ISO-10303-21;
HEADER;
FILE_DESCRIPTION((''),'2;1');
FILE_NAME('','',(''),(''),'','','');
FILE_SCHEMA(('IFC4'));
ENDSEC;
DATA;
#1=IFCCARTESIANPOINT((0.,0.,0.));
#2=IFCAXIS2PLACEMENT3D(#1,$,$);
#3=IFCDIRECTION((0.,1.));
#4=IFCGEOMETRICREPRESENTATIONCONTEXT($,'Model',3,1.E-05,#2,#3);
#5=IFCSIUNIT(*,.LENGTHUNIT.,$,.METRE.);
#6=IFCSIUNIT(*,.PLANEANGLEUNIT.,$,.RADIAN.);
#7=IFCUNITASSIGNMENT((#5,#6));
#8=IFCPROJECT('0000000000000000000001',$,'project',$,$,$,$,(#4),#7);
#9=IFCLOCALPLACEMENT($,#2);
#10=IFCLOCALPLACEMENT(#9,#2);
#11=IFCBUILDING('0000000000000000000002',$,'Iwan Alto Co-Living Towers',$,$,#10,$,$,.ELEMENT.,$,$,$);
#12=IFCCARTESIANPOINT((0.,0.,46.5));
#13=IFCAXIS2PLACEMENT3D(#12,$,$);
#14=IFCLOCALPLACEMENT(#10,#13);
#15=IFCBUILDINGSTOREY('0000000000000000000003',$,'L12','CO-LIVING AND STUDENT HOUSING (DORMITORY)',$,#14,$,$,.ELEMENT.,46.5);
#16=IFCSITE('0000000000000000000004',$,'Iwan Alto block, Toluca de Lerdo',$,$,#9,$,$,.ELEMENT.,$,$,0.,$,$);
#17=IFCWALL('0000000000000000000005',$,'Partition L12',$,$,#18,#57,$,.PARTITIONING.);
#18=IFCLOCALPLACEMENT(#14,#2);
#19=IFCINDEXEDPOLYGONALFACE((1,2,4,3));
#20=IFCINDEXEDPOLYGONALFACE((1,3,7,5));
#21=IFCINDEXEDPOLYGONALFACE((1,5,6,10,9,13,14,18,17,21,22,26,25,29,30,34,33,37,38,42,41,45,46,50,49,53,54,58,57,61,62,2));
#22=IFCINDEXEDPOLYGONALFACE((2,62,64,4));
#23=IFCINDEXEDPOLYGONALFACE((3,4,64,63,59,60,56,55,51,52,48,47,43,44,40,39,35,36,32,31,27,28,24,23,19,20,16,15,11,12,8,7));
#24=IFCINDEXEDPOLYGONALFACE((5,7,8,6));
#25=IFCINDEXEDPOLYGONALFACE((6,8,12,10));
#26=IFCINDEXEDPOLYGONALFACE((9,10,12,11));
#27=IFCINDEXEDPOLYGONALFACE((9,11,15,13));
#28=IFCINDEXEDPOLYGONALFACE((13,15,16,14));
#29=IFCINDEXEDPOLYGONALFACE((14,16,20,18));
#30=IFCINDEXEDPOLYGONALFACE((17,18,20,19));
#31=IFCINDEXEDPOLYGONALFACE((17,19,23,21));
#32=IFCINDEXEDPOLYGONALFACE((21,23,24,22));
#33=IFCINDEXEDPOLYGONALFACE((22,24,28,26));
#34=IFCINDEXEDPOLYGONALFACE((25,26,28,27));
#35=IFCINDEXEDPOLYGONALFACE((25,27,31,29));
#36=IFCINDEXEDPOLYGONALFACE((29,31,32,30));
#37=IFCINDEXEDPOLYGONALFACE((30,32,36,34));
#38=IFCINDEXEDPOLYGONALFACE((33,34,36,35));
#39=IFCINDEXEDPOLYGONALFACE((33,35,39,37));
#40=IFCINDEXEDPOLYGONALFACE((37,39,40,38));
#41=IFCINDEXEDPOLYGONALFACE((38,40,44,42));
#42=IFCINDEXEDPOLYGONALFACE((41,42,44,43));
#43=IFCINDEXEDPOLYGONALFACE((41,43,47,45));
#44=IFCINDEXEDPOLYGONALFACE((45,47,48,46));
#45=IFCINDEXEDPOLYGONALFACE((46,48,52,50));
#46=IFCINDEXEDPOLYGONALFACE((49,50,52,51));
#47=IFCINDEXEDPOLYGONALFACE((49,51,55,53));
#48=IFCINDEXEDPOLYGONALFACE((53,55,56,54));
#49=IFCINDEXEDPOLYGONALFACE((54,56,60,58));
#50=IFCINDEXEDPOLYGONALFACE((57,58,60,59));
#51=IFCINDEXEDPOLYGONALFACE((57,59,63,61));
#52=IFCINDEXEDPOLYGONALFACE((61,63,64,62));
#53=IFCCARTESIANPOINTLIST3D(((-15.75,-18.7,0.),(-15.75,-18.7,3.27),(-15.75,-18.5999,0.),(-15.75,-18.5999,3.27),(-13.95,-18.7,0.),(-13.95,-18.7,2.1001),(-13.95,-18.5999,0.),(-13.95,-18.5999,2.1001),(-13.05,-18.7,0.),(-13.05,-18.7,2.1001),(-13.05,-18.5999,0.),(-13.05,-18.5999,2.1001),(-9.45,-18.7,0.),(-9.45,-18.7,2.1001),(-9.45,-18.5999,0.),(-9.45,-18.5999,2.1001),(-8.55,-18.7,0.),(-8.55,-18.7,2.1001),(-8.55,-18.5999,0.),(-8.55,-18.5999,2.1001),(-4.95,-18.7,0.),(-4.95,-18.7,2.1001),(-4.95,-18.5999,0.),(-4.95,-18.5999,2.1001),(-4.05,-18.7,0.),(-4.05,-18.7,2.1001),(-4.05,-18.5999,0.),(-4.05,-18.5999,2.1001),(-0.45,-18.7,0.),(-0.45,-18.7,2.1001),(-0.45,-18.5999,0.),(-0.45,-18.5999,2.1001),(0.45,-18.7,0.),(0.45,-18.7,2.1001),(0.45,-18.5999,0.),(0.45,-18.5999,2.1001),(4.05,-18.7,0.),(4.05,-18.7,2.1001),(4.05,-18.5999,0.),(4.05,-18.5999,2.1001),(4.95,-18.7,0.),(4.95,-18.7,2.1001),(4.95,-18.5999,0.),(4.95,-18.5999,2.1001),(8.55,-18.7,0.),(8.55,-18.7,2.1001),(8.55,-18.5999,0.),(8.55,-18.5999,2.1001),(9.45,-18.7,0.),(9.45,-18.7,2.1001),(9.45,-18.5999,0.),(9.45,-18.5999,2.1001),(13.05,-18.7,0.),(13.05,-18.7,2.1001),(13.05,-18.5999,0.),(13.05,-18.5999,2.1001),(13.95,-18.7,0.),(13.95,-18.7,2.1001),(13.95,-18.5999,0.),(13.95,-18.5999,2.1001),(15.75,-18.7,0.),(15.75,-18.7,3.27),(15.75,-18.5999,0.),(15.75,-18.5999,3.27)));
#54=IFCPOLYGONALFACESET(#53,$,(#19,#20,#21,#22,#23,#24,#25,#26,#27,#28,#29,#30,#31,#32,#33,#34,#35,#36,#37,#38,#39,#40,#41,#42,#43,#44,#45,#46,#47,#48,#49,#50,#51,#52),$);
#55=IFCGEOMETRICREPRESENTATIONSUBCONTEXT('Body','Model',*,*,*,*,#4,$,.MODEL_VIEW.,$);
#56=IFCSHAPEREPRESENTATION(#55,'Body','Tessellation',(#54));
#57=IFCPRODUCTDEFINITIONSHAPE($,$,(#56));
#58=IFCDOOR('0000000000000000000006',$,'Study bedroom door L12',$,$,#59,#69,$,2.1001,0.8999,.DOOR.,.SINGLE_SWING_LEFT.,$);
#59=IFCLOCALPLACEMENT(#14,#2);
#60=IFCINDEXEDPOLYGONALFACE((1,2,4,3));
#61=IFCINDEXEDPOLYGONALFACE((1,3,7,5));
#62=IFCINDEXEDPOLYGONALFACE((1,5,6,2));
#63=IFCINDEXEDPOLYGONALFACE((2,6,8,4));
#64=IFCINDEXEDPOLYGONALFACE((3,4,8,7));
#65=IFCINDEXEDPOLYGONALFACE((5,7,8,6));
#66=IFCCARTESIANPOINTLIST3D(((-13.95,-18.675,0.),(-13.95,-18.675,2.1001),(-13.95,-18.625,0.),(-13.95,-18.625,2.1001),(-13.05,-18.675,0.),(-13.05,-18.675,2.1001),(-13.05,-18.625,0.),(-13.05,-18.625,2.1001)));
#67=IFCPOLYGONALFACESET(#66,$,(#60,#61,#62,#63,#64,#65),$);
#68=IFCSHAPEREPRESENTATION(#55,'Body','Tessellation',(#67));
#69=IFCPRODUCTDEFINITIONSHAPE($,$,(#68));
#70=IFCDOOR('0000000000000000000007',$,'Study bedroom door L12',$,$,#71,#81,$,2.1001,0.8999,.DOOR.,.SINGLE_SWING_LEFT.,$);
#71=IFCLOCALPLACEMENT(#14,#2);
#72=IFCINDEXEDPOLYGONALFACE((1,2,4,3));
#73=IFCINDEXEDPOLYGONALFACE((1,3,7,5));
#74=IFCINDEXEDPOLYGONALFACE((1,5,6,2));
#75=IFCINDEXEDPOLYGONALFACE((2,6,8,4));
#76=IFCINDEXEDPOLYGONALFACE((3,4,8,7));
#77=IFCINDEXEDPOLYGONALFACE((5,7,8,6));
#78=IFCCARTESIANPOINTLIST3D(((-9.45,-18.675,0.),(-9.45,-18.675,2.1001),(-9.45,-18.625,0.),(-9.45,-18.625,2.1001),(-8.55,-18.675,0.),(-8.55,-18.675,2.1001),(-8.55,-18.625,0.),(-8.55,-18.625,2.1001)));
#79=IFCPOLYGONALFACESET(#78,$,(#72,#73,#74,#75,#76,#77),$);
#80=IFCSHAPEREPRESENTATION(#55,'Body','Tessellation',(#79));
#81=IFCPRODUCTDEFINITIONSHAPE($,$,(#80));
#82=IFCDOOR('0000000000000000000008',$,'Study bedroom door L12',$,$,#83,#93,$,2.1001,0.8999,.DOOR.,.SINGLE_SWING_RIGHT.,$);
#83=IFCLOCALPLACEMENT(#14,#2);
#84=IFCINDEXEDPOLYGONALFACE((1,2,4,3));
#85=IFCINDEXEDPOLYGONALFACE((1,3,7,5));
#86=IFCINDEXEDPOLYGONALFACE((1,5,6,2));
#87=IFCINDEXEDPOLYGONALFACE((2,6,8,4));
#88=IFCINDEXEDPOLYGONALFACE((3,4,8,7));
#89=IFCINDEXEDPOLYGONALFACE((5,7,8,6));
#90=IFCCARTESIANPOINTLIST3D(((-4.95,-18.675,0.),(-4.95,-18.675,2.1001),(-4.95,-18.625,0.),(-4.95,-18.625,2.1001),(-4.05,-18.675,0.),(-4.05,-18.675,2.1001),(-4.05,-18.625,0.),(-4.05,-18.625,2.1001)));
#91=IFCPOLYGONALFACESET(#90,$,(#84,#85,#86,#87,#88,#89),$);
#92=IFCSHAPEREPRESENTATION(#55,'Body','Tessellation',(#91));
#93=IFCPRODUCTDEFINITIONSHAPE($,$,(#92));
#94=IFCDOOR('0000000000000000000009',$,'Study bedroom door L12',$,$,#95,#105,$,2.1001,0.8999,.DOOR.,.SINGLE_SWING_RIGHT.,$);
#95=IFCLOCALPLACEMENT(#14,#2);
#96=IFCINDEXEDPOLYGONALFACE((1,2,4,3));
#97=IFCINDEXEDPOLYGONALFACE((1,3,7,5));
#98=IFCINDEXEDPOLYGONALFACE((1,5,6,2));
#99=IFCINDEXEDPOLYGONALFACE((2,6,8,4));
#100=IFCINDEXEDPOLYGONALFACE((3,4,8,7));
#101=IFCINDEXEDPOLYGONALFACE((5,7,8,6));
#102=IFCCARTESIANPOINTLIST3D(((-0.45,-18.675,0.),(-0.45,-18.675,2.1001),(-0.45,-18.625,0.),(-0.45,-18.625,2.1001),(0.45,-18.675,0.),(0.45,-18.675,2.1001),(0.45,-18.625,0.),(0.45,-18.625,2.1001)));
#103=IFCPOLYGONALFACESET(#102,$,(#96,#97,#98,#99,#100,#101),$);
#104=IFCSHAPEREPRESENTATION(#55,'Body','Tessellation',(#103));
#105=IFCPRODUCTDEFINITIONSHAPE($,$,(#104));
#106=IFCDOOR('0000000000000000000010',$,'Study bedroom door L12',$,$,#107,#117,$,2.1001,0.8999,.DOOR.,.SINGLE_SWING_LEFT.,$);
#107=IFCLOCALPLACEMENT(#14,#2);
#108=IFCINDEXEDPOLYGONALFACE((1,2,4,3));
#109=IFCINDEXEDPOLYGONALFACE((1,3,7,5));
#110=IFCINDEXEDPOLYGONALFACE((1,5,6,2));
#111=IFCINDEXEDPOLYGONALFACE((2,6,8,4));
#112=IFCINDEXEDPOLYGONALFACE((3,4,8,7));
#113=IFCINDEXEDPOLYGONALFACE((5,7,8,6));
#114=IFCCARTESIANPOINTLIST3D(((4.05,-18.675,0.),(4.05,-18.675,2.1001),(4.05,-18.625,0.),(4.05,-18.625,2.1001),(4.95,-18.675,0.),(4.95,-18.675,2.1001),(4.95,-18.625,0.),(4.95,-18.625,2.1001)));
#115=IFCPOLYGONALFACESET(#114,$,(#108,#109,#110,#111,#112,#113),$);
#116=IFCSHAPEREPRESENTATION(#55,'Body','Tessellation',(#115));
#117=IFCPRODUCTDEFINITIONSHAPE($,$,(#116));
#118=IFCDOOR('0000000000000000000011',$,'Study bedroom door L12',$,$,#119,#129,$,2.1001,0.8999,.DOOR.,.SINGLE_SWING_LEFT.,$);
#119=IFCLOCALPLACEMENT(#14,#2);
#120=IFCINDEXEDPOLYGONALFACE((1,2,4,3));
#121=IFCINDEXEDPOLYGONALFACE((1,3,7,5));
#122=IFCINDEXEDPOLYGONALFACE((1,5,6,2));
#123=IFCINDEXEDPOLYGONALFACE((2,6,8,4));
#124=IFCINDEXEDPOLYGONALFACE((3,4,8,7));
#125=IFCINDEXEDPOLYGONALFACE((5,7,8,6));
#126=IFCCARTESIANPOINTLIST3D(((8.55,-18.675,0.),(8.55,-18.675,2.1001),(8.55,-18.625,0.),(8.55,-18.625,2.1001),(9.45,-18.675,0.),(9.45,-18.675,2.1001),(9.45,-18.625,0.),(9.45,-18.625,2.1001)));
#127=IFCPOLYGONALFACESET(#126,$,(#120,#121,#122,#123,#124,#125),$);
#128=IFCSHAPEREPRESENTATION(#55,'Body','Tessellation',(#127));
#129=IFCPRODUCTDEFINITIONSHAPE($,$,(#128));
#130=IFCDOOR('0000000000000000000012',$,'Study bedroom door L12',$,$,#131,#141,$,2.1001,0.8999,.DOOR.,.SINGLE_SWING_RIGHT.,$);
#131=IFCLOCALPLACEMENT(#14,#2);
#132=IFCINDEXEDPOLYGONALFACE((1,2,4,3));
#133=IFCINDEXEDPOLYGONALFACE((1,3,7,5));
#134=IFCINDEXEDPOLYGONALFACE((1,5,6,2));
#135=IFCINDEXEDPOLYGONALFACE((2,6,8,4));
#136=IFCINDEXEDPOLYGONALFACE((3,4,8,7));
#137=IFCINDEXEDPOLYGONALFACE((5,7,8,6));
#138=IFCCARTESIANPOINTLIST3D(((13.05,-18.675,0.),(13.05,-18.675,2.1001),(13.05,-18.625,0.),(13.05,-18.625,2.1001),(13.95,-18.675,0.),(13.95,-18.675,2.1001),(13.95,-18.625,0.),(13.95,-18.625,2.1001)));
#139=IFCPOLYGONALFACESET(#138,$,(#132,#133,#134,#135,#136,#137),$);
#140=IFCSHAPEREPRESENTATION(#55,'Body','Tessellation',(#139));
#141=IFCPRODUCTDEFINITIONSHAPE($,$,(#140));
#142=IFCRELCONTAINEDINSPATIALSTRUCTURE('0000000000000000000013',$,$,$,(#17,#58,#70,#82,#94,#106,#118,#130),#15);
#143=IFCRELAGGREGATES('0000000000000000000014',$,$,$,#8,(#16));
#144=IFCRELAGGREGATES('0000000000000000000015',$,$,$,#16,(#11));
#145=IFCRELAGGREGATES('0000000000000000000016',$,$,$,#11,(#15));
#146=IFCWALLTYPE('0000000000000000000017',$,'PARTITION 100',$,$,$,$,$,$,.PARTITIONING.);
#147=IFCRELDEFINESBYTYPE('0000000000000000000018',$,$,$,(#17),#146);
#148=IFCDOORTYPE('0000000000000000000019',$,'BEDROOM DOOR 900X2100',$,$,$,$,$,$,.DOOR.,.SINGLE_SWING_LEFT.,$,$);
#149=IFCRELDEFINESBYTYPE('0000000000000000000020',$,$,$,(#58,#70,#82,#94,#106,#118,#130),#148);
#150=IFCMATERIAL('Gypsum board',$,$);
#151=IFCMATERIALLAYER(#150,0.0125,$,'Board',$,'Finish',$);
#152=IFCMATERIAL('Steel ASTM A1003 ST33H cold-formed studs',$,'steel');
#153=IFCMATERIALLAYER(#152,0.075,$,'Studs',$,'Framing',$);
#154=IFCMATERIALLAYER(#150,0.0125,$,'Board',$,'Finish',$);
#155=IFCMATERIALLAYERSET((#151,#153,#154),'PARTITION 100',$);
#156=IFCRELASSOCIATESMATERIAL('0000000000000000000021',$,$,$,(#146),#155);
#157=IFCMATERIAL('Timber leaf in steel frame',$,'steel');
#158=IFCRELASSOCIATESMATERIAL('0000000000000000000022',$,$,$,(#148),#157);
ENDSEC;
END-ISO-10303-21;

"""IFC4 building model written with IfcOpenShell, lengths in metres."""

from ifc_helpers import new_model, si_unit, direction, frame, frame_2d, origin, place, context, subcontext, project, spatial, rectangle, extrude, material, layer, layer_set, type_object, element, fill, save


model = new_model("IFC4")

# Units and contexts
model_context = context("Model", 3, precision=1e-05, world=origin(), true_north=direction((0.0, 1.0)))
body_context = subcontext(model_context, "Body", "Model", "MODEL_VIEW")
ifc_project = project(units=[si_unit("LENGTHUNIT", "METRE"), si_unit("PLANEANGLEUNIT", "RADIAN")], contexts=[model_context])

# Site, building, storey
site_placement = place(None, origin())
site = spatial("IfcSite", under=ifc_project, at=site_placement, Name="Iwan Alto block, Toluca de Lerdo", CompositionType="ELEMENT", RefElevation=0.0)
building_placement = place(site_placement, origin())
building = spatial("IfcBuilding", under=site, at=building_placement, Name="Iwan Alto Co-Living Towers", CompositionType="ELEMENT")
storey_placement = place(building_placement, frame((0.0, 0.0, 46.5)))
storey = spatial("IfcBuildingStorey", under=building, at=storey_placement, Name="L12", Description="CO-LIVING AND STUDENT HOUSING (DORMITORY)", CompositionType="ELEMENT", Elevation=46.5)

# Wall, openings, doors
ifc_material_1 = material(Name="Gypsum board")
ifc_layer_1 = layer(ifc_material_1, 0.0125, Name="Board", Category="Finish")
ifc_material_2 = material(Name="Steel ASTM A1003 ST33H cold-formed studs", Category="steel")
ifc_layer_2 = layer(ifc_material_2, 0.075, Name="Studs", Category="Framing")
ifc_layer_3 = layer(ifc_material_1, 0.0125, Name="Board", Category="Finish")
ifc_layer_set_1 = layer_set([ifc_layer_1, ifc_layer_2, ifc_layer_3], Name="PARTITION 100")
wall_type_1 = type_object("IfcWallType", Name="PARTITION 100", PredefinedType="PARTITIONING", material=ifc_layer_set_1)
wall_1_placement = place(storey_placement, frame((-15.75, -18.6499, 0.0), z_axis=(0.0, 0.0, 1.0), x_axis=(1.0, 0.0, 0.0)))
wall_1 = element("IfcWall", 1, at=wall_1_placement, inside=storey, type_object=wall_type_1, Name="Partition L12", PredefinedType="PARTITIONING", context=body_context, shape_type="SweptSolid", body=[
    extrude(rectangle(XDim=31.5, YDim=0.1001, at=frame_2d((15.75, 0.0))), origin(), (0.0, 0.0, 1.0), 3.27),
])
opening_1_placement = place(wall_1_placement, frame((1.8, 0.0, 0.0)))
opening_1 = element("IfcOpeningElement", 2, at=opening_1_placement, cuts=wall_1, PredefinedType="OPENING", context=body_context, shape_type="SweptSolid", body=[
    extrude(rectangle(XDim=0.8999, YDim=2.1001, at=frame_2d((0.45, 1.05))), frame((0.0, 0.0601, 0.0), z_axis=(0.0, -1.0, 0.0), x_axis=(1.0, 0.0, 0.0)), (0.0, 0.0, 1.0), 0.1201),
])
opening_2_placement = place(wall_1_placement, frame((6.3, 0.0, 0.0)))
opening_2 = element("IfcOpeningElement", 3, at=opening_2_placement, cuts=wall_1, PredefinedType="OPENING", context=body_context, shape_type="SweptSolid", body=[
    extrude(rectangle(XDim=0.8999, YDim=2.1001, at=frame_2d((0.45, 1.05))), frame((0.0, 0.0601, 0.0), z_axis=(0.0, -1.0, 0.0), x_axis=(1.0, 0.0, 0.0)), (0.0, 0.0, 1.0), 0.1201),
])
opening_3_placement = place(wall_1_placement, frame((10.8, 0.0, 0.0)))
opening_3 = element("IfcOpeningElement", 4, at=opening_3_placement, cuts=wall_1, PredefinedType="OPENING", context=body_context, shape_type="SweptSolid", body=[
    extrude(rectangle(XDim=0.8999, YDim=2.1001, at=frame_2d((0.45, 1.05))), frame((0.0, 0.0601, 0.0), z_axis=(0.0, -1.0, 0.0), x_axis=(1.0, 0.0, 0.0)), (0.0, 0.0, 1.0), 0.1201),
])
opening_4_placement = place(wall_1_placement, frame((15.3, 0.0, 0.0)))
opening_4 = element("IfcOpeningElement", 5, at=opening_4_placement, cuts=wall_1, PredefinedType="OPENING", context=body_context, shape_type="SweptSolid", body=[
    extrude(rectangle(XDim=0.8999, YDim=2.1001, at=frame_2d((0.45, 1.05))), frame((0.0, 0.0601, 0.0), z_axis=(0.0, -1.0, 0.0), x_axis=(1.0, 0.0, 0.0)), (0.0, 0.0, 1.0), 0.1201),
])
opening_5_placement = place(wall_1_placement, frame((19.8, 0.0, 0.0)))
opening_5 = element("IfcOpeningElement", 6, at=opening_5_placement, cuts=wall_1, PredefinedType="OPENING", context=body_context, shape_type="SweptSolid", body=[
    extrude(rectangle(XDim=0.8999, YDim=2.1001, at=frame_2d((0.45, 1.05))), frame((0.0, 0.0601, 0.0), z_axis=(0.0, -1.0, 0.0), x_axis=(1.0, 0.0, 0.0)), (0.0, 0.0, 1.0), 0.1201),
])
opening_6_placement = place(wall_1_placement, frame((24.3, 0.0, 0.0)))
opening_6 = element("IfcOpeningElement", 7, at=opening_6_placement, cuts=wall_1, PredefinedType="OPENING", context=body_context, shape_type="SweptSolid", body=[
    extrude(rectangle(XDim=0.8999, YDim=2.1001, at=frame_2d((0.45, 1.05))), frame((0.0, 0.0601, 0.0), z_axis=(0.0, -1.0, 0.0), x_axis=(1.0, 0.0, 0.0)), (0.0, 0.0, 1.0), 0.1201),
])
opening_7_placement = place(wall_1_placement, frame((28.8, 0.0, 0.0)))
opening_7 = element("IfcOpeningElement", 8, at=opening_7_placement, cuts=wall_1, PredefinedType="OPENING", context=body_context, shape_type="SweptSolid", body=[
    extrude(rectangle(XDim=0.8999, YDim=2.1001, at=frame_2d((0.45, 1.05))), frame((0.0, 0.0601, 0.0), z_axis=(0.0, -1.0, 0.0), x_axis=(1.0, 0.0, 0.0)), (0.0, 0.0, 1.0), 0.1201),
])
ifc_material_3 = material(Name="Timber leaf in steel frame", Category="steel")
door_type_1 = type_object("IfcDoorType", Name="BEDROOM DOOR 900X2100", OperationType="SINGLE_SWING_LEFT", PredefinedType="DOOR", material=ifc_material_3)
door_1_placement = place(opening_1_placement, origin())
door_1 = element("IfcDoor", 9, at=door_1_placement, inside=storey, type_object=door_type_1, Name="Study bedroom door L12", OperationType="SINGLE_SWING_LEFT", OverallHeight=2.1001, OverallWidth=0.8999, PredefinedType="DOOR", context=body_context, shape_type="SweptSolid", body=[
    extrude(rectangle(XDim=0.8999, YDim=2.1001, at=frame_2d((0.45, 1.05))), frame((0.0, 0.0249, 0.0), z_axis=(0.0, -1.0, 0.0), x_axis=(1.0, 0.0, 0.0)), (0.0, 0.0, 1.0), 0.05),
])
fill(opening_1, door_1)
door_2_placement = place(opening_2_placement, origin())
door_2 = element("IfcDoor", 10, at=door_2_placement, inside=storey, type_object=door_type_1, Name="Study bedroom door L12", OperationType="SINGLE_SWING_LEFT", OverallHeight=2.1001, OverallWidth=0.8999, PredefinedType="DOOR", context=body_context, shape_type="SweptSolid", body=[
    extrude(rectangle(XDim=0.8999, YDim=2.1001, at=frame_2d((0.45, 1.05))), frame((0.0, 0.0249, 0.0), z_axis=(0.0, -1.0, 0.0), x_axis=(1.0, 0.0, 0.0)), (0.0, 0.0, 1.0), 0.05),
])
fill(opening_2, door_2)
door_3_placement = place(opening_3_placement, origin())
door_3 = element("IfcDoor", 11, at=door_3_placement, inside=storey, type_object=door_type_1, Name="Study bedroom door L12", OperationType="SINGLE_SWING_RIGHT", OverallHeight=2.1001, OverallWidth=0.8999, PredefinedType="DOOR", context=body_context, shape_type="SweptSolid", body=[
    extrude(rectangle(XDim=0.8999, YDim=2.1001, at=frame_2d((0.45, 1.05))), frame((0.0, 0.0249, 0.0), z_axis=(0.0, -1.0, 0.0), x_axis=(1.0, 0.0, 0.0)), (0.0, 0.0, 1.0), 0.05),
])
fill(opening_3, door_3)
door_4_placement = place(opening_4_placement, origin())
door_4 = element("IfcDoor", 12, at=door_4_placement, inside=storey, type_object=door_type_1, Name="Study bedroom door L12", OperationType="SINGLE_SWING_RIGHT", OverallHeight=2.1001, OverallWidth=0.8999, PredefinedType="DOOR", context=body_context, shape_type="SweptSolid", body=[
    extrude(rectangle(XDim=0.8999, YDim=2.1001, at=frame_2d((0.45, 1.05))), frame((0.0, 0.0249, 0.0), z_axis=(0.0, -1.0, 0.0), x_axis=(1.0, 0.0, 0.0)), (0.0, 0.0, 1.0), 0.05),
])
fill(opening_4, door_4)
door_5_placement = place(opening_5_placement, origin())
door_5 = element("IfcDoor", 13, at=door_5_placement, inside=storey, type_object=door_type_1, Name="Study bedroom door L12", OperationType="SINGLE_SWING_LEFT", OverallHeight=2.1001, OverallWidth=0.8999, PredefinedType="DOOR", context=body_context, shape_type="SweptSolid", body=[
    extrude(rectangle(XDim=0.8999, YDim=2.1001, at=frame_2d((0.45, 1.05))), frame((0.0, 0.0249, 0.0), z_axis=(0.0, -1.0, 0.0), x_axis=(1.0, 0.0, 0.0)), (0.0, 0.0, 1.0), 0.05),
])
fill(opening_5, door_5)
door_6_placement = place(opening_6_placement, origin())
door_6 = element("IfcDoor", 14, at=door_6_placement, inside=storey, type_object=door_type_1, Name="Study bedroom door L12", OperationType="SINGLE_SWING_LEFT", OverallHeight=2.1001, OverallWidth=0.8999, PredefinedType="DOOR", context=body_context, shape_type="SweptSolid", body=[
    extrude(rectangle(XDim=0.8999, YDim=2.1001, at=frame_2d((0.45, 1.05))), frame((0.0, 0.0249, 0.0), z_axis=(0.0, -1.0, 0.0), x_axis=(1.0, 0.0, 0.0)), (0.0, 0.0, 1.0), 0.05),
])
fill(opening_6, door_6)
door_7_placement = place(opening_7_placement, origin())
door_7 = element("IfcDoor", 15, at=door_7_placement, inside=storey, type_object=door_type_1, Name="Study bedroom door L12", OperationType="SINGLE_SWING_RIGHT", OverallHeight=2.1001, OverallWidth=0.8999, PredefinedType="DOOR", context=body_context, shape_type="SweptSolid", body=[
    extrude(rectangle(XDim=0.8999, YDim=2.1001, at=frame_2d((0.45, 1.05))), frame((0.0, 0.0249, 0.0), z_axis=(0.0, -1.0, 0.0), x_axis=(1.0, 0.0, 0.0)), (0.0, 0.0, 1.0), 0.05),
])
fill(opening_7, door_7)

save(model, "model.ifc")
